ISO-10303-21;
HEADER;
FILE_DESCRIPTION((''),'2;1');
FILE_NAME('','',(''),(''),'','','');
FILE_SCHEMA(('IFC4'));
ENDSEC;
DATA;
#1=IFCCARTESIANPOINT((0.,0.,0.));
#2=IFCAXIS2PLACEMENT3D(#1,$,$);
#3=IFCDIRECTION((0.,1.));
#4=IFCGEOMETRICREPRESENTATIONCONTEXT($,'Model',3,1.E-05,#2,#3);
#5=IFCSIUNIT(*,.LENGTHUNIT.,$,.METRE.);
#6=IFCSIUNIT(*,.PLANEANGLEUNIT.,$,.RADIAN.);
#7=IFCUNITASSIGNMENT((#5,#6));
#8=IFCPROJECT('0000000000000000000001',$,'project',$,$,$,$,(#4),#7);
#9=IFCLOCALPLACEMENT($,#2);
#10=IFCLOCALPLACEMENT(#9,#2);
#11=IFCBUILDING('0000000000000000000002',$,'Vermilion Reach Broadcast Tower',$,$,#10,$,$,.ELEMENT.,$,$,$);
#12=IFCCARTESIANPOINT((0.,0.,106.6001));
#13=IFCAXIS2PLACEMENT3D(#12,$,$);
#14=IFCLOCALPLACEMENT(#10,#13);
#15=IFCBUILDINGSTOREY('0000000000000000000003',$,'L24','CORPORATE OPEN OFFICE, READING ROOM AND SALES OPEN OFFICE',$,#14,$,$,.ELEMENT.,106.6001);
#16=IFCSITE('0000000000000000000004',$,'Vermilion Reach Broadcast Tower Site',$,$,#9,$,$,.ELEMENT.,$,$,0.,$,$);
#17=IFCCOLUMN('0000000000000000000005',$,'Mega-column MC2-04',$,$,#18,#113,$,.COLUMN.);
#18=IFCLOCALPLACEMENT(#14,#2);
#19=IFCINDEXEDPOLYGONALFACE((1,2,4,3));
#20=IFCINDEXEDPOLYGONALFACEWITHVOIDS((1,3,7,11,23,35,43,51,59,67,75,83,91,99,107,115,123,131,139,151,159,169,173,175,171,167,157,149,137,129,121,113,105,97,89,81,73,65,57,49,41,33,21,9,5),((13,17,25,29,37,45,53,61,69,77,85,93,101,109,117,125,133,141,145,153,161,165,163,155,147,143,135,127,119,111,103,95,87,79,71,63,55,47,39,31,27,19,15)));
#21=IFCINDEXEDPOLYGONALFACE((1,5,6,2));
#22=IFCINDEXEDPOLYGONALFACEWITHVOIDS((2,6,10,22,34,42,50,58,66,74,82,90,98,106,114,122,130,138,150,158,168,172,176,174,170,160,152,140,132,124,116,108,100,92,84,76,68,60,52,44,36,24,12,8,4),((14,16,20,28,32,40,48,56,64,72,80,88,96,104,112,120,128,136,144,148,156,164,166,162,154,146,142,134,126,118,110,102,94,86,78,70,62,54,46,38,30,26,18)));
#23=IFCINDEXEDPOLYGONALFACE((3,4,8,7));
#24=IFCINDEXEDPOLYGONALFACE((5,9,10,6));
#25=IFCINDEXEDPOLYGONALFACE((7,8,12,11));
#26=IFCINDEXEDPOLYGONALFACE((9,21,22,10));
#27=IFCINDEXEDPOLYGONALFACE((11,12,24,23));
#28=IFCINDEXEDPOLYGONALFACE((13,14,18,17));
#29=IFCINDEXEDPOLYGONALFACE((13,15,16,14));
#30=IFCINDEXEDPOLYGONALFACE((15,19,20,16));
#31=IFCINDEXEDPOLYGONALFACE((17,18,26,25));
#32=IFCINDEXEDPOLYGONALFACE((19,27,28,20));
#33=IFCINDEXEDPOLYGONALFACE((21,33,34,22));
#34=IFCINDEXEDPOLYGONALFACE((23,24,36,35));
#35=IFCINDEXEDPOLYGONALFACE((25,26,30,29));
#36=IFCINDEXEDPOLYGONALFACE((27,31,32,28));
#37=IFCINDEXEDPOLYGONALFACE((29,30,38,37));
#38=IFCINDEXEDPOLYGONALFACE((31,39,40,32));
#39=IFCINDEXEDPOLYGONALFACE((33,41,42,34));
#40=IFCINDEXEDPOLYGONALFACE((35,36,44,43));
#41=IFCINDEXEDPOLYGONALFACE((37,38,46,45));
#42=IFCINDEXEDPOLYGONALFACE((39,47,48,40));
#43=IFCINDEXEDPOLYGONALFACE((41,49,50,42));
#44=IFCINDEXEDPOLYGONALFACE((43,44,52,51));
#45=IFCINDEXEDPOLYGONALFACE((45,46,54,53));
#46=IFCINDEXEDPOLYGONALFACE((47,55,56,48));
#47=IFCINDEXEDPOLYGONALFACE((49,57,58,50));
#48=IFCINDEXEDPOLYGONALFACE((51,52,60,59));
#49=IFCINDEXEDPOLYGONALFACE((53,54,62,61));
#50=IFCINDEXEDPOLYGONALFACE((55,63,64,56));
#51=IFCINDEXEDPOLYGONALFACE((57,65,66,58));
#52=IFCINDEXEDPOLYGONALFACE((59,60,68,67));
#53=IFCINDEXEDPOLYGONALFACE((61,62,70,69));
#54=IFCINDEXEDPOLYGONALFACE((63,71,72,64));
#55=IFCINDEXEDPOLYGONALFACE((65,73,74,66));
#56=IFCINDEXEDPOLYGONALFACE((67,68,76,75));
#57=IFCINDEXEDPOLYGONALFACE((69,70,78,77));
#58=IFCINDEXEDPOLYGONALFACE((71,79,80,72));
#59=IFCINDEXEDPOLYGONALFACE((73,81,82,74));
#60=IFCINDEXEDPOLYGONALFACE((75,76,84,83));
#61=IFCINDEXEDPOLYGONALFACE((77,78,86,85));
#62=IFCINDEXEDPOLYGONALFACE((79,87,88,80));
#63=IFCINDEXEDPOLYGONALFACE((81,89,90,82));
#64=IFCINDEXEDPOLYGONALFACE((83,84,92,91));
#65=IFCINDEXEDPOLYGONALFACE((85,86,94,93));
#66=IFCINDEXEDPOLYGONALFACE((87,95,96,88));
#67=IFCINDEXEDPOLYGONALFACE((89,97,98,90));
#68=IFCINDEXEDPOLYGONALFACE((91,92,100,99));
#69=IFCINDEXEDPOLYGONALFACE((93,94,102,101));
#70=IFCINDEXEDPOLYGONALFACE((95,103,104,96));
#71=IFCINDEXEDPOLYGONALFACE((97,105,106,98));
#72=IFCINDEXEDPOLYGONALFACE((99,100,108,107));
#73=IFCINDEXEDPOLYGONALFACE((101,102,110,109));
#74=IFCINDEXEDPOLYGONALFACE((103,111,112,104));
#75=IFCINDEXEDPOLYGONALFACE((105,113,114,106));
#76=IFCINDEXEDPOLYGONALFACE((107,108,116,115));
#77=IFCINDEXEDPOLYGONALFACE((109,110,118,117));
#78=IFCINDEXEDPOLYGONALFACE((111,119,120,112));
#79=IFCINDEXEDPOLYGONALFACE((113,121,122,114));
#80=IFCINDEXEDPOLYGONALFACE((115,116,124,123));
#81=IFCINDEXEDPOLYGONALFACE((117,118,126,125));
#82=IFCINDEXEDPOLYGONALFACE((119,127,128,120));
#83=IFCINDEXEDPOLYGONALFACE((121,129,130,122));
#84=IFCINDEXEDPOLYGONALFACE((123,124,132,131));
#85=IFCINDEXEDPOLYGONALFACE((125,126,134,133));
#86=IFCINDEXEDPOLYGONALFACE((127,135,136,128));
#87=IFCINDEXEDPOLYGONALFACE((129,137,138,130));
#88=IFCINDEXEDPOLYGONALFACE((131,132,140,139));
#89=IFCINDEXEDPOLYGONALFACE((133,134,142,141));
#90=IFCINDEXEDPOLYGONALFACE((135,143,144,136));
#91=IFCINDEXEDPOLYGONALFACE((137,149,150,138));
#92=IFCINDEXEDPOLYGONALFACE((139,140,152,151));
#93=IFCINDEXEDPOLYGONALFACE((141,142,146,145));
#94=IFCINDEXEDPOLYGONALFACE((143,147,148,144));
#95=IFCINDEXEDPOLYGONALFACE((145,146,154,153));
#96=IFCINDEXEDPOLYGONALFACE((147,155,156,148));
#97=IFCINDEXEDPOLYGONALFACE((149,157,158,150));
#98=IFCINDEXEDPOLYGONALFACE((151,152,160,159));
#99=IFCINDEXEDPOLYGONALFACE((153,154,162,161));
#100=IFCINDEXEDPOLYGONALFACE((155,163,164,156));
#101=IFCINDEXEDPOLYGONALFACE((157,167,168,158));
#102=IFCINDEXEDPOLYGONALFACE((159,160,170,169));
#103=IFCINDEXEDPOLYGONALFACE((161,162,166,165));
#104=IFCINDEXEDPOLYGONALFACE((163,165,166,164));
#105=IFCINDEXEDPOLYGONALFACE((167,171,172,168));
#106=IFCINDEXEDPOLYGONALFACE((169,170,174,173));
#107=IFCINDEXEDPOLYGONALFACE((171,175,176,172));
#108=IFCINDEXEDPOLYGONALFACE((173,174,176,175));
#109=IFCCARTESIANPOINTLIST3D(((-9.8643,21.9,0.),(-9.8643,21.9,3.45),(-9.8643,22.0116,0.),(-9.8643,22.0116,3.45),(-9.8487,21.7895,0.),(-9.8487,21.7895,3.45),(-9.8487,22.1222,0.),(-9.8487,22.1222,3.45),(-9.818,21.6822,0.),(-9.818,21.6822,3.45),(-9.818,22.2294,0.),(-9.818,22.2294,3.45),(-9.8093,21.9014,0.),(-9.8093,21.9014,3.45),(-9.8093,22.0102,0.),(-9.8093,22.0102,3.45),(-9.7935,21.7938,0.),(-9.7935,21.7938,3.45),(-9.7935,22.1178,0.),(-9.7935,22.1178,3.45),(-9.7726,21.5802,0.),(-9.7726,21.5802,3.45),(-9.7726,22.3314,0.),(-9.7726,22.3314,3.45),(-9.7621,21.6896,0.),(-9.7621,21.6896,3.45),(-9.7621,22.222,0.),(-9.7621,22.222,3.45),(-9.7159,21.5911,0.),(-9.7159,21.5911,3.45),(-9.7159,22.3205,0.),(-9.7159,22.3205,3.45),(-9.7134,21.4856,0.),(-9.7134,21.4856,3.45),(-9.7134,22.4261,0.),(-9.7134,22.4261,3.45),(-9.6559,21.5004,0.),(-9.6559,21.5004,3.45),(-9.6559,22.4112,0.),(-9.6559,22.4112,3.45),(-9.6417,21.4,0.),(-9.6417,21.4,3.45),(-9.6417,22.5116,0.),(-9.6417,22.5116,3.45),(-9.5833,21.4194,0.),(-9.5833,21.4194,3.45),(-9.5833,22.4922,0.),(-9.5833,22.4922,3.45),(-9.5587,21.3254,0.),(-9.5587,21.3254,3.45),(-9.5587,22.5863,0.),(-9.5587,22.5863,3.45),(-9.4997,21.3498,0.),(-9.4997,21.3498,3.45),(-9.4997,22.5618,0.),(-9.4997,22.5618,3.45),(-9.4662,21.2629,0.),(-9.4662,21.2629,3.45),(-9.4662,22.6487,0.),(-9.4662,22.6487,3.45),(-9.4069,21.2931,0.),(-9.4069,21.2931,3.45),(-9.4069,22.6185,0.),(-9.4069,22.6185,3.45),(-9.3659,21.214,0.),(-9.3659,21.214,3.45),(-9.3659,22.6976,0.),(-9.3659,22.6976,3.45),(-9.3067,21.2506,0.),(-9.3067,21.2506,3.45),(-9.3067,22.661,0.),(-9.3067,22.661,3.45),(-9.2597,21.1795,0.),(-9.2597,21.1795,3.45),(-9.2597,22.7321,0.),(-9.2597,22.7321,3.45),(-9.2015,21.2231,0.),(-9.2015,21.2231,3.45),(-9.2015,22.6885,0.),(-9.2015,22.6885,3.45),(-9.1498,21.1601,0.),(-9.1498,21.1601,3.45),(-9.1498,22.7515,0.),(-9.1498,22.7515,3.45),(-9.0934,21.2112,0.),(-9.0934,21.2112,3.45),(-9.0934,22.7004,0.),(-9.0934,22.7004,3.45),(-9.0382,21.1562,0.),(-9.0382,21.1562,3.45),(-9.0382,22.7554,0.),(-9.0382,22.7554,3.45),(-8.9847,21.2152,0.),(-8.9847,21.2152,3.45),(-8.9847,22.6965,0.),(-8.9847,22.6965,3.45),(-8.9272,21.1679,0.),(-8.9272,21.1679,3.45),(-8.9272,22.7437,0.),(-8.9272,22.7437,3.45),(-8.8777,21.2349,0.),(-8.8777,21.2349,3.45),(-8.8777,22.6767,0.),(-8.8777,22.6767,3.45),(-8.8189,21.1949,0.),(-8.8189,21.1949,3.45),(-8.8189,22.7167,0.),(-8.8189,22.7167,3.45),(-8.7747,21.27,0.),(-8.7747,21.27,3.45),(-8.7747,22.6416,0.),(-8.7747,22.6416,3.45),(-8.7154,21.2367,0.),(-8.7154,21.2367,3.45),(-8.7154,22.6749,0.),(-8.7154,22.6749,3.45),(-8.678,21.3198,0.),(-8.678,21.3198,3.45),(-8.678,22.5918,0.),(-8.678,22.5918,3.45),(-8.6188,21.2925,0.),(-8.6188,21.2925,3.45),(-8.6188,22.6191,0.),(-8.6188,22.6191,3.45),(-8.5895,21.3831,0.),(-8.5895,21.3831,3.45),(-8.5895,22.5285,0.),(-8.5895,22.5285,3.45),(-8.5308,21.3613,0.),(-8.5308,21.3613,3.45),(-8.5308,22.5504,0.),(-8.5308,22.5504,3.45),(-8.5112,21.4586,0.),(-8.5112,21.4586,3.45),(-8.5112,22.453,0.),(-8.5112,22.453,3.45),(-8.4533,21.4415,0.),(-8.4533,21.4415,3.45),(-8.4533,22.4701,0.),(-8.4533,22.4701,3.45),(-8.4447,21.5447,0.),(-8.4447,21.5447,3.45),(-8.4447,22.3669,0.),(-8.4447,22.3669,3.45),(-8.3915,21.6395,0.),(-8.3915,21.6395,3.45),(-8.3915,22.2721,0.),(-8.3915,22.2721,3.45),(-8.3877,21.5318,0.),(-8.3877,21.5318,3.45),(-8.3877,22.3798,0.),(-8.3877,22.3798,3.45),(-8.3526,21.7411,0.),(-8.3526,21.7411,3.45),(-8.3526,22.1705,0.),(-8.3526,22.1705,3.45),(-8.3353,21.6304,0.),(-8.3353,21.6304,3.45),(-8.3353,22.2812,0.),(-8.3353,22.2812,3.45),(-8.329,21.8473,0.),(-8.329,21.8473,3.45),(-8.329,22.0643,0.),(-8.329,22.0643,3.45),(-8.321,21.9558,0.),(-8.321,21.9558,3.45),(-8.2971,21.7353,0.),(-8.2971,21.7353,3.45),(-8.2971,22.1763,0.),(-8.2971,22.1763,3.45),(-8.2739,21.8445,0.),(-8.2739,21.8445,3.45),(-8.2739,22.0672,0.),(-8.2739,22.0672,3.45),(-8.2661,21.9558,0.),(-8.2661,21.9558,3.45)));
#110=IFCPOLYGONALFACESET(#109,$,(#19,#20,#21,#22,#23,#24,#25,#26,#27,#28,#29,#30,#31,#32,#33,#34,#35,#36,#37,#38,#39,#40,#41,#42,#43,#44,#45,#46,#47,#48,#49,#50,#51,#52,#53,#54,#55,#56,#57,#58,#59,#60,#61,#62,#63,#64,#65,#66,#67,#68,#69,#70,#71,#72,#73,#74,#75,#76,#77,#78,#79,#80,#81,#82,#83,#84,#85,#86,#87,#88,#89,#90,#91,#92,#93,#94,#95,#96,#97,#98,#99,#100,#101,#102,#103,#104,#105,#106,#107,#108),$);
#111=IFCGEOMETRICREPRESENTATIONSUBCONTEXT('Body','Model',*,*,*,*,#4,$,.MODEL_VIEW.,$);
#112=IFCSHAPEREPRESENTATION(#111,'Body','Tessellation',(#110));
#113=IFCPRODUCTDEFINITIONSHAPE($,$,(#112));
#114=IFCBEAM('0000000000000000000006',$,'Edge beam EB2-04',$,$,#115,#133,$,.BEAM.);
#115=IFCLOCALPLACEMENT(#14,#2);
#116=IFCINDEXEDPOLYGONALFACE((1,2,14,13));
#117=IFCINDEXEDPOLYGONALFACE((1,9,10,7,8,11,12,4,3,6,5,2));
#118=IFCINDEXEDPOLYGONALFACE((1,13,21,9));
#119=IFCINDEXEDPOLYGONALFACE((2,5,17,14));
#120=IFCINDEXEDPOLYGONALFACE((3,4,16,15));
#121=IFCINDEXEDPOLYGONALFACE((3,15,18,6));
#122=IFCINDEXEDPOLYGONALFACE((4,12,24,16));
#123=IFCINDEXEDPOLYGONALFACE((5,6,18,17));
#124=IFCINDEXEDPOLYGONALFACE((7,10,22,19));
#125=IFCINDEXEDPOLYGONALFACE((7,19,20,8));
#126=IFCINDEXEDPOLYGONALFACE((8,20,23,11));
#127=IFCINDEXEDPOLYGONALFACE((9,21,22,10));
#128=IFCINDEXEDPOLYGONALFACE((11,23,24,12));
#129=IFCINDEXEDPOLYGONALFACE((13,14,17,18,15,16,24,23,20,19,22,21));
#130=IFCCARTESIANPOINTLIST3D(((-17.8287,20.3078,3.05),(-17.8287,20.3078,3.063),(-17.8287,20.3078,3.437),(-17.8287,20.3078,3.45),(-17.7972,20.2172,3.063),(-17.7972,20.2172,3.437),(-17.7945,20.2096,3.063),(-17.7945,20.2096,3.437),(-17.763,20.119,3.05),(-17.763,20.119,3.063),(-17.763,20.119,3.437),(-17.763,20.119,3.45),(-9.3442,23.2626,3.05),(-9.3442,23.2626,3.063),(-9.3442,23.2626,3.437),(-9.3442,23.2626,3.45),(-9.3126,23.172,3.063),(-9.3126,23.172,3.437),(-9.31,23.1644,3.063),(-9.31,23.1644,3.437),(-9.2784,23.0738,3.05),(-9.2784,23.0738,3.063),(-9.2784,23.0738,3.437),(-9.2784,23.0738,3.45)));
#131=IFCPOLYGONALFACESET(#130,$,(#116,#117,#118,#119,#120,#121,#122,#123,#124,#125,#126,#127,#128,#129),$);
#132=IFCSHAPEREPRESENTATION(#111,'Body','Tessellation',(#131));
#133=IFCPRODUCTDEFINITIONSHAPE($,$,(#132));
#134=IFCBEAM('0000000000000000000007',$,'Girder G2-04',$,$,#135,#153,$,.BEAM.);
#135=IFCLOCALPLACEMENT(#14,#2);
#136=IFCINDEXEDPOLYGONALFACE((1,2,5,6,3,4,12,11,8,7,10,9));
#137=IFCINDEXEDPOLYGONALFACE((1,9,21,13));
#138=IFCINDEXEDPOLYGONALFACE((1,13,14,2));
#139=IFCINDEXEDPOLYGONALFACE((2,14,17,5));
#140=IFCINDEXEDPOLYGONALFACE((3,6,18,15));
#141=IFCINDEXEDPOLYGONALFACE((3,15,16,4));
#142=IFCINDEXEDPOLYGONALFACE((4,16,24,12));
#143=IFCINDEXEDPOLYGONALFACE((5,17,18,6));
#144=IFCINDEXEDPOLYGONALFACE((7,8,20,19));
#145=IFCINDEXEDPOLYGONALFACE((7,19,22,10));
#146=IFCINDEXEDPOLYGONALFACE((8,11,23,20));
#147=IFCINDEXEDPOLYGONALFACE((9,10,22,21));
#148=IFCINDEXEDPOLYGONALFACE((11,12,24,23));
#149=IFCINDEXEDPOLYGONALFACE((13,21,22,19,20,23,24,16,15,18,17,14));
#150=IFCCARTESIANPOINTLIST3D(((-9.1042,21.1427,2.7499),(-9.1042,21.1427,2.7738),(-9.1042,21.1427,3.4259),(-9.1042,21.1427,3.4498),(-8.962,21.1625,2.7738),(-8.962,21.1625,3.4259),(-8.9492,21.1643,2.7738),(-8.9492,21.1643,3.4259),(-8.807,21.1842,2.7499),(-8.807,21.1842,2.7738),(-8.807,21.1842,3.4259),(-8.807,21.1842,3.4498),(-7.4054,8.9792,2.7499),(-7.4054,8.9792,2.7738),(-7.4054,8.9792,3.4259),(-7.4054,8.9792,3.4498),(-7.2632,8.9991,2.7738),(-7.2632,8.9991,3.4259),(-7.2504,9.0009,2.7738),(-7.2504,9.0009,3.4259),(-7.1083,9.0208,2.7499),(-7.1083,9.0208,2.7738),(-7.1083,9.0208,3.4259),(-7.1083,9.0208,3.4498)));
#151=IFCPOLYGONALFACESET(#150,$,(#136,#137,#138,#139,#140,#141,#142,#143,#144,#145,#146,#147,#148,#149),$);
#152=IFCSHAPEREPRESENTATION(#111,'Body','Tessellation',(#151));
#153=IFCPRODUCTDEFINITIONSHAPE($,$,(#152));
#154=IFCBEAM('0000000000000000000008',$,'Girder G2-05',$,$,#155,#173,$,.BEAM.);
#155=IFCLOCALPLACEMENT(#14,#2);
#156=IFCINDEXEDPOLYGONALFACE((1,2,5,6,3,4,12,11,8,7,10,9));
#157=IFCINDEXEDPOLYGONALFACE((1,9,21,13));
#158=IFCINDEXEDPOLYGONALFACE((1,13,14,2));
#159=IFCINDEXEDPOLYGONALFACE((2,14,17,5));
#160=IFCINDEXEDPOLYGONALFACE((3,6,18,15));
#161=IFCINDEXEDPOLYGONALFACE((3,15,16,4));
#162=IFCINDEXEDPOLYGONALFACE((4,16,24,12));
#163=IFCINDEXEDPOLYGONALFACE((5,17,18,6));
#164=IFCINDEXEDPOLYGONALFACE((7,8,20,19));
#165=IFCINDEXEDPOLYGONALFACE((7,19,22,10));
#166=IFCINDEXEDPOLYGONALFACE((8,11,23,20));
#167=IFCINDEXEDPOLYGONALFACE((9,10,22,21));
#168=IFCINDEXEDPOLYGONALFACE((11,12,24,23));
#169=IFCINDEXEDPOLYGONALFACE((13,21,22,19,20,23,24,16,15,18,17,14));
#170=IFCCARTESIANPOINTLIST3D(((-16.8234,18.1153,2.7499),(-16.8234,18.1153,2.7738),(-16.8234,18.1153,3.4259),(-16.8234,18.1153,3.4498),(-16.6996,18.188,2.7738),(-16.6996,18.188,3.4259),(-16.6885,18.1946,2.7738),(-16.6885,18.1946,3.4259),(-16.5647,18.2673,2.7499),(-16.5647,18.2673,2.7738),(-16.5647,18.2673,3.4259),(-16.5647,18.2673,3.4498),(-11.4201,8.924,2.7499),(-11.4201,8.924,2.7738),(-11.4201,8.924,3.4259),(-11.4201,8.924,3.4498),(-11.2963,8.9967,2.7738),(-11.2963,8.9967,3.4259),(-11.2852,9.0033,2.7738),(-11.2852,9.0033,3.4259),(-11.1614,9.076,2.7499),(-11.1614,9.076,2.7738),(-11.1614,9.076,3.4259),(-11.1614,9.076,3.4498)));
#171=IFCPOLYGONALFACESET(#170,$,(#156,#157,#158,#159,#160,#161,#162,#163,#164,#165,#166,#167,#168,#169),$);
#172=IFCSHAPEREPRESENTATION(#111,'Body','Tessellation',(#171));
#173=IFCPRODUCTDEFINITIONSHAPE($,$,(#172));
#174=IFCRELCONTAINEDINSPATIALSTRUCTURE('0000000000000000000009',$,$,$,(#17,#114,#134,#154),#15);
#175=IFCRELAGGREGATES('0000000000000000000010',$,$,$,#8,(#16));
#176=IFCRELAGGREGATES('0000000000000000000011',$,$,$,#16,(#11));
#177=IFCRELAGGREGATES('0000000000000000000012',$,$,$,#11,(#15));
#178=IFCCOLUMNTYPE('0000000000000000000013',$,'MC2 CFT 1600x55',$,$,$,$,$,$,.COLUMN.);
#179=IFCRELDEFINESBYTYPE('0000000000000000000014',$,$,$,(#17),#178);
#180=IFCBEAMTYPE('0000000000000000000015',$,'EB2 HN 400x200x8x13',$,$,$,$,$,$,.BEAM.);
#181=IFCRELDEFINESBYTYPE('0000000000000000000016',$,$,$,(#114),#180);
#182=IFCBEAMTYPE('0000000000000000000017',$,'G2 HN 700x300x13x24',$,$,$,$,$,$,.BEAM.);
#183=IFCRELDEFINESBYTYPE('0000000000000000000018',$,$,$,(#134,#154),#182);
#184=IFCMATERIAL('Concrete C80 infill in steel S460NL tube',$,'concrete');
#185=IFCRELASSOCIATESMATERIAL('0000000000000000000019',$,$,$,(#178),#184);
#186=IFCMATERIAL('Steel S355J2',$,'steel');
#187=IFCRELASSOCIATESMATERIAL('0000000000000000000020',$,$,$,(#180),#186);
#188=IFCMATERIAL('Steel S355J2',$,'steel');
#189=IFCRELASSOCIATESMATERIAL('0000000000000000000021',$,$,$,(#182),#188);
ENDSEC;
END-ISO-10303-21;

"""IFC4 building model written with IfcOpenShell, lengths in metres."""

from ifc_helpers import new_model, si_unit, direction, frame, origin, origin_2d, place, context, subcontext, project, spatial, hollow_circle, i_section, extrude, material, material_profile, profile_set, type_object, element, save


model = new_model("IFC4")

# Units and contexts
model_context = context("Model", 3, precision=1e-05, world=origin(), true_north=direction((0.0, 1.0)))
body_context = subcontext(model_context, "Body", "Model", "MODEL_VIEW")
ifc_project = project(units=[si_unit("LENGTHUNIT", "METRE"), si_unit("PLANEANGLEUNIT", "RADIAN")], contexts=[model_context])

# Site, building, storey
site_placement = place(None, origin())
site = spatial("IfcSite", under=ifc_project, at=site_placement, Name="Vermilion Reach Broadcast Tower Site", CompositionType="ELEMENT", RefElevation=0.0)
building_placement = place(site_placement, origin())
building = spatial("IfcBuilding", under=site, at=building_placement, Name="Vermilion Reach Broadcast Tower", CompositionType="ELEMENT")
storey_placement = place(building_placement, frame((0.0, 0.0, 106.6001)))
storey = spatial("IfcBuildingStorey", under=building, at=storey_placement, Name="L24", Description="CORPORATE OPEN OFFICE, READING ROOM AND SALES OPEN OFFICE", CompositionType="ELEMENT", Elevation=106.6001)

# Column
ifc_material_1 = material(Name="Concrete C80 infill in steel S460NL tube", Category="concrete")
ifc_material_profile_1 = material_profile(ifc_material_1, hollow_circle(Radius=0.8, WallThickness=0.0549, at=origin_2d()), Name="Concrete C80 infill in steel S460NL tube CFT 1600x55")
ifc_profile_set_1 = profile_set([ifc_material_profile_1], Name="Concrete C80 infill in steel S460NL tube")
column_type = type_object("IfcColumnType", Name="MC2 CFT 1600x55", PredefinedType="COLUMN", material=ifc_profile_set_1)
column_placement = place(storey_placement, frame((-9.0662, 21.9558, 0.0), z_axis=(0.0, 0.0, 1.0), x_axis=(1.0, 0.0, 0.0)))
element("IfcColumn", 1, at=column_placement, inside=storey, type_object=column_type, Name="Mega-column MC2-04", PredefinedType="COLUMN", context=body_context, shape_type="SweptSolid", body=[
    extrude(hollow_circle(Radius=0.8, WallThickness=0.0549, at=origin_2d()), origin(), (0.0, 0.0, 1.0), 3.45),
])

# Beams
ifc_material_2 = material(Name="Steel S355J2", Category="steel")
ifc_material_profile_2 = material_profile(ifc_material_2, i_section(OverallWidth=0.2, OverallDepth=0.3999, WebThickness=0.0081, FlangeThickness=0.0129, at=origin_2d()), Name="S355J2 HN 400x200x8x13")
ifc_profile_set_2 = profile_set([ifc_material_profile_2], Name="Steel S355J2")
beam_type_1 = type_object("IfcBeamType", Name="EB2 HN 400x200x8x13", PredefinedType="BEAM", material=ifc_profile_set_2)
beam_1_placement = place(storey_placement, frame((-9.3113, 23.1682, 3.25), z_axis=(-0.94437, -0.328884, 0.0), x_axis=(0.328884, -0.94437, 0.0)))
element("IfcBeam", 2, at=beam_1_placement, inside=storey, type_object=beam_type_1, Name="Edge beam EB2-04", PredefinedType="BEAM", context=body_context, shape_type="SweptSolid", body=[
    extrude(i_section(OverallWidth=0.2, OverallDepth=0.3999, WebThickness=0.0081, FlangeThickness=0.0129, at=origin_2d()), origin(), (0.0, 0.0, 1.0), 8.9844),
])
ifc_material_3 = material(Name="Steel S355J2", Category="steel")
ifc_material_profile_3 = material_profile(ifc_material_3, i_section(OverallWidth=0.3, OverallDepth=0.7, WebThickness=0.0129, FlangeThickness=0.0239, at=origin_2d()), Name="S355J2 HN 700x300x13x24")
ifc_profile_set_3 = profile_set([ifc_material_profile_3], Name="Steel S355J2")
beam_type_2 = type_object("IfcBeamType", Name="G2 HN 700x300x13x24", PredefinedType="BEAM", material=ifc_profile_set_3)
beam_2_placement = place(storey_placement, frame((-7.2568, 9.0, 3.0999), z_axis=(-0.138318, 0.990388, 0.0), x_axis=(-0.990388, -0.138318, 0.0)))
element("IfcBeam", 3, at=beam_2_placement, inside=storey, type_object=beam_type_2, Name="Girder G2-04", PredefinedType="BEAM", context=body_context, shape_type="SweptSolid", body=[
    extrude(i_section(OverallWidth=0.3, OverallDepth=0.7, WebThickness=0.0129, FlangeThickness=0.0239, at=origin_2d()), origin(), (0.0, 0.0, 1.0), 12.2815),
])
beam_3_placement = place(storey_placement, frame((-11.2908, 9.0, 3.0999), z_axis=(-0.506784, 0.862073, 0.0), x_axis=(-0.862073, -0.506784, 0.0)))
element("IfcBeam", 4, at=beam_3_placement, inside=storey, type_object=beam_type_2, Name="Girder G2-05", PredefinedType="BEAM", context=body_context, shape_type="SweptSolid", body=[
    extrude(i_section(OverallWidth=0.3, OverallDepth=0.7, WebThickness=0.0129, FlangeThickness=0.0239, at=origin_2d()), origin(), (0.0, 0.0, 1.0), 10.6619),
])

save(model, "model.ifc")
